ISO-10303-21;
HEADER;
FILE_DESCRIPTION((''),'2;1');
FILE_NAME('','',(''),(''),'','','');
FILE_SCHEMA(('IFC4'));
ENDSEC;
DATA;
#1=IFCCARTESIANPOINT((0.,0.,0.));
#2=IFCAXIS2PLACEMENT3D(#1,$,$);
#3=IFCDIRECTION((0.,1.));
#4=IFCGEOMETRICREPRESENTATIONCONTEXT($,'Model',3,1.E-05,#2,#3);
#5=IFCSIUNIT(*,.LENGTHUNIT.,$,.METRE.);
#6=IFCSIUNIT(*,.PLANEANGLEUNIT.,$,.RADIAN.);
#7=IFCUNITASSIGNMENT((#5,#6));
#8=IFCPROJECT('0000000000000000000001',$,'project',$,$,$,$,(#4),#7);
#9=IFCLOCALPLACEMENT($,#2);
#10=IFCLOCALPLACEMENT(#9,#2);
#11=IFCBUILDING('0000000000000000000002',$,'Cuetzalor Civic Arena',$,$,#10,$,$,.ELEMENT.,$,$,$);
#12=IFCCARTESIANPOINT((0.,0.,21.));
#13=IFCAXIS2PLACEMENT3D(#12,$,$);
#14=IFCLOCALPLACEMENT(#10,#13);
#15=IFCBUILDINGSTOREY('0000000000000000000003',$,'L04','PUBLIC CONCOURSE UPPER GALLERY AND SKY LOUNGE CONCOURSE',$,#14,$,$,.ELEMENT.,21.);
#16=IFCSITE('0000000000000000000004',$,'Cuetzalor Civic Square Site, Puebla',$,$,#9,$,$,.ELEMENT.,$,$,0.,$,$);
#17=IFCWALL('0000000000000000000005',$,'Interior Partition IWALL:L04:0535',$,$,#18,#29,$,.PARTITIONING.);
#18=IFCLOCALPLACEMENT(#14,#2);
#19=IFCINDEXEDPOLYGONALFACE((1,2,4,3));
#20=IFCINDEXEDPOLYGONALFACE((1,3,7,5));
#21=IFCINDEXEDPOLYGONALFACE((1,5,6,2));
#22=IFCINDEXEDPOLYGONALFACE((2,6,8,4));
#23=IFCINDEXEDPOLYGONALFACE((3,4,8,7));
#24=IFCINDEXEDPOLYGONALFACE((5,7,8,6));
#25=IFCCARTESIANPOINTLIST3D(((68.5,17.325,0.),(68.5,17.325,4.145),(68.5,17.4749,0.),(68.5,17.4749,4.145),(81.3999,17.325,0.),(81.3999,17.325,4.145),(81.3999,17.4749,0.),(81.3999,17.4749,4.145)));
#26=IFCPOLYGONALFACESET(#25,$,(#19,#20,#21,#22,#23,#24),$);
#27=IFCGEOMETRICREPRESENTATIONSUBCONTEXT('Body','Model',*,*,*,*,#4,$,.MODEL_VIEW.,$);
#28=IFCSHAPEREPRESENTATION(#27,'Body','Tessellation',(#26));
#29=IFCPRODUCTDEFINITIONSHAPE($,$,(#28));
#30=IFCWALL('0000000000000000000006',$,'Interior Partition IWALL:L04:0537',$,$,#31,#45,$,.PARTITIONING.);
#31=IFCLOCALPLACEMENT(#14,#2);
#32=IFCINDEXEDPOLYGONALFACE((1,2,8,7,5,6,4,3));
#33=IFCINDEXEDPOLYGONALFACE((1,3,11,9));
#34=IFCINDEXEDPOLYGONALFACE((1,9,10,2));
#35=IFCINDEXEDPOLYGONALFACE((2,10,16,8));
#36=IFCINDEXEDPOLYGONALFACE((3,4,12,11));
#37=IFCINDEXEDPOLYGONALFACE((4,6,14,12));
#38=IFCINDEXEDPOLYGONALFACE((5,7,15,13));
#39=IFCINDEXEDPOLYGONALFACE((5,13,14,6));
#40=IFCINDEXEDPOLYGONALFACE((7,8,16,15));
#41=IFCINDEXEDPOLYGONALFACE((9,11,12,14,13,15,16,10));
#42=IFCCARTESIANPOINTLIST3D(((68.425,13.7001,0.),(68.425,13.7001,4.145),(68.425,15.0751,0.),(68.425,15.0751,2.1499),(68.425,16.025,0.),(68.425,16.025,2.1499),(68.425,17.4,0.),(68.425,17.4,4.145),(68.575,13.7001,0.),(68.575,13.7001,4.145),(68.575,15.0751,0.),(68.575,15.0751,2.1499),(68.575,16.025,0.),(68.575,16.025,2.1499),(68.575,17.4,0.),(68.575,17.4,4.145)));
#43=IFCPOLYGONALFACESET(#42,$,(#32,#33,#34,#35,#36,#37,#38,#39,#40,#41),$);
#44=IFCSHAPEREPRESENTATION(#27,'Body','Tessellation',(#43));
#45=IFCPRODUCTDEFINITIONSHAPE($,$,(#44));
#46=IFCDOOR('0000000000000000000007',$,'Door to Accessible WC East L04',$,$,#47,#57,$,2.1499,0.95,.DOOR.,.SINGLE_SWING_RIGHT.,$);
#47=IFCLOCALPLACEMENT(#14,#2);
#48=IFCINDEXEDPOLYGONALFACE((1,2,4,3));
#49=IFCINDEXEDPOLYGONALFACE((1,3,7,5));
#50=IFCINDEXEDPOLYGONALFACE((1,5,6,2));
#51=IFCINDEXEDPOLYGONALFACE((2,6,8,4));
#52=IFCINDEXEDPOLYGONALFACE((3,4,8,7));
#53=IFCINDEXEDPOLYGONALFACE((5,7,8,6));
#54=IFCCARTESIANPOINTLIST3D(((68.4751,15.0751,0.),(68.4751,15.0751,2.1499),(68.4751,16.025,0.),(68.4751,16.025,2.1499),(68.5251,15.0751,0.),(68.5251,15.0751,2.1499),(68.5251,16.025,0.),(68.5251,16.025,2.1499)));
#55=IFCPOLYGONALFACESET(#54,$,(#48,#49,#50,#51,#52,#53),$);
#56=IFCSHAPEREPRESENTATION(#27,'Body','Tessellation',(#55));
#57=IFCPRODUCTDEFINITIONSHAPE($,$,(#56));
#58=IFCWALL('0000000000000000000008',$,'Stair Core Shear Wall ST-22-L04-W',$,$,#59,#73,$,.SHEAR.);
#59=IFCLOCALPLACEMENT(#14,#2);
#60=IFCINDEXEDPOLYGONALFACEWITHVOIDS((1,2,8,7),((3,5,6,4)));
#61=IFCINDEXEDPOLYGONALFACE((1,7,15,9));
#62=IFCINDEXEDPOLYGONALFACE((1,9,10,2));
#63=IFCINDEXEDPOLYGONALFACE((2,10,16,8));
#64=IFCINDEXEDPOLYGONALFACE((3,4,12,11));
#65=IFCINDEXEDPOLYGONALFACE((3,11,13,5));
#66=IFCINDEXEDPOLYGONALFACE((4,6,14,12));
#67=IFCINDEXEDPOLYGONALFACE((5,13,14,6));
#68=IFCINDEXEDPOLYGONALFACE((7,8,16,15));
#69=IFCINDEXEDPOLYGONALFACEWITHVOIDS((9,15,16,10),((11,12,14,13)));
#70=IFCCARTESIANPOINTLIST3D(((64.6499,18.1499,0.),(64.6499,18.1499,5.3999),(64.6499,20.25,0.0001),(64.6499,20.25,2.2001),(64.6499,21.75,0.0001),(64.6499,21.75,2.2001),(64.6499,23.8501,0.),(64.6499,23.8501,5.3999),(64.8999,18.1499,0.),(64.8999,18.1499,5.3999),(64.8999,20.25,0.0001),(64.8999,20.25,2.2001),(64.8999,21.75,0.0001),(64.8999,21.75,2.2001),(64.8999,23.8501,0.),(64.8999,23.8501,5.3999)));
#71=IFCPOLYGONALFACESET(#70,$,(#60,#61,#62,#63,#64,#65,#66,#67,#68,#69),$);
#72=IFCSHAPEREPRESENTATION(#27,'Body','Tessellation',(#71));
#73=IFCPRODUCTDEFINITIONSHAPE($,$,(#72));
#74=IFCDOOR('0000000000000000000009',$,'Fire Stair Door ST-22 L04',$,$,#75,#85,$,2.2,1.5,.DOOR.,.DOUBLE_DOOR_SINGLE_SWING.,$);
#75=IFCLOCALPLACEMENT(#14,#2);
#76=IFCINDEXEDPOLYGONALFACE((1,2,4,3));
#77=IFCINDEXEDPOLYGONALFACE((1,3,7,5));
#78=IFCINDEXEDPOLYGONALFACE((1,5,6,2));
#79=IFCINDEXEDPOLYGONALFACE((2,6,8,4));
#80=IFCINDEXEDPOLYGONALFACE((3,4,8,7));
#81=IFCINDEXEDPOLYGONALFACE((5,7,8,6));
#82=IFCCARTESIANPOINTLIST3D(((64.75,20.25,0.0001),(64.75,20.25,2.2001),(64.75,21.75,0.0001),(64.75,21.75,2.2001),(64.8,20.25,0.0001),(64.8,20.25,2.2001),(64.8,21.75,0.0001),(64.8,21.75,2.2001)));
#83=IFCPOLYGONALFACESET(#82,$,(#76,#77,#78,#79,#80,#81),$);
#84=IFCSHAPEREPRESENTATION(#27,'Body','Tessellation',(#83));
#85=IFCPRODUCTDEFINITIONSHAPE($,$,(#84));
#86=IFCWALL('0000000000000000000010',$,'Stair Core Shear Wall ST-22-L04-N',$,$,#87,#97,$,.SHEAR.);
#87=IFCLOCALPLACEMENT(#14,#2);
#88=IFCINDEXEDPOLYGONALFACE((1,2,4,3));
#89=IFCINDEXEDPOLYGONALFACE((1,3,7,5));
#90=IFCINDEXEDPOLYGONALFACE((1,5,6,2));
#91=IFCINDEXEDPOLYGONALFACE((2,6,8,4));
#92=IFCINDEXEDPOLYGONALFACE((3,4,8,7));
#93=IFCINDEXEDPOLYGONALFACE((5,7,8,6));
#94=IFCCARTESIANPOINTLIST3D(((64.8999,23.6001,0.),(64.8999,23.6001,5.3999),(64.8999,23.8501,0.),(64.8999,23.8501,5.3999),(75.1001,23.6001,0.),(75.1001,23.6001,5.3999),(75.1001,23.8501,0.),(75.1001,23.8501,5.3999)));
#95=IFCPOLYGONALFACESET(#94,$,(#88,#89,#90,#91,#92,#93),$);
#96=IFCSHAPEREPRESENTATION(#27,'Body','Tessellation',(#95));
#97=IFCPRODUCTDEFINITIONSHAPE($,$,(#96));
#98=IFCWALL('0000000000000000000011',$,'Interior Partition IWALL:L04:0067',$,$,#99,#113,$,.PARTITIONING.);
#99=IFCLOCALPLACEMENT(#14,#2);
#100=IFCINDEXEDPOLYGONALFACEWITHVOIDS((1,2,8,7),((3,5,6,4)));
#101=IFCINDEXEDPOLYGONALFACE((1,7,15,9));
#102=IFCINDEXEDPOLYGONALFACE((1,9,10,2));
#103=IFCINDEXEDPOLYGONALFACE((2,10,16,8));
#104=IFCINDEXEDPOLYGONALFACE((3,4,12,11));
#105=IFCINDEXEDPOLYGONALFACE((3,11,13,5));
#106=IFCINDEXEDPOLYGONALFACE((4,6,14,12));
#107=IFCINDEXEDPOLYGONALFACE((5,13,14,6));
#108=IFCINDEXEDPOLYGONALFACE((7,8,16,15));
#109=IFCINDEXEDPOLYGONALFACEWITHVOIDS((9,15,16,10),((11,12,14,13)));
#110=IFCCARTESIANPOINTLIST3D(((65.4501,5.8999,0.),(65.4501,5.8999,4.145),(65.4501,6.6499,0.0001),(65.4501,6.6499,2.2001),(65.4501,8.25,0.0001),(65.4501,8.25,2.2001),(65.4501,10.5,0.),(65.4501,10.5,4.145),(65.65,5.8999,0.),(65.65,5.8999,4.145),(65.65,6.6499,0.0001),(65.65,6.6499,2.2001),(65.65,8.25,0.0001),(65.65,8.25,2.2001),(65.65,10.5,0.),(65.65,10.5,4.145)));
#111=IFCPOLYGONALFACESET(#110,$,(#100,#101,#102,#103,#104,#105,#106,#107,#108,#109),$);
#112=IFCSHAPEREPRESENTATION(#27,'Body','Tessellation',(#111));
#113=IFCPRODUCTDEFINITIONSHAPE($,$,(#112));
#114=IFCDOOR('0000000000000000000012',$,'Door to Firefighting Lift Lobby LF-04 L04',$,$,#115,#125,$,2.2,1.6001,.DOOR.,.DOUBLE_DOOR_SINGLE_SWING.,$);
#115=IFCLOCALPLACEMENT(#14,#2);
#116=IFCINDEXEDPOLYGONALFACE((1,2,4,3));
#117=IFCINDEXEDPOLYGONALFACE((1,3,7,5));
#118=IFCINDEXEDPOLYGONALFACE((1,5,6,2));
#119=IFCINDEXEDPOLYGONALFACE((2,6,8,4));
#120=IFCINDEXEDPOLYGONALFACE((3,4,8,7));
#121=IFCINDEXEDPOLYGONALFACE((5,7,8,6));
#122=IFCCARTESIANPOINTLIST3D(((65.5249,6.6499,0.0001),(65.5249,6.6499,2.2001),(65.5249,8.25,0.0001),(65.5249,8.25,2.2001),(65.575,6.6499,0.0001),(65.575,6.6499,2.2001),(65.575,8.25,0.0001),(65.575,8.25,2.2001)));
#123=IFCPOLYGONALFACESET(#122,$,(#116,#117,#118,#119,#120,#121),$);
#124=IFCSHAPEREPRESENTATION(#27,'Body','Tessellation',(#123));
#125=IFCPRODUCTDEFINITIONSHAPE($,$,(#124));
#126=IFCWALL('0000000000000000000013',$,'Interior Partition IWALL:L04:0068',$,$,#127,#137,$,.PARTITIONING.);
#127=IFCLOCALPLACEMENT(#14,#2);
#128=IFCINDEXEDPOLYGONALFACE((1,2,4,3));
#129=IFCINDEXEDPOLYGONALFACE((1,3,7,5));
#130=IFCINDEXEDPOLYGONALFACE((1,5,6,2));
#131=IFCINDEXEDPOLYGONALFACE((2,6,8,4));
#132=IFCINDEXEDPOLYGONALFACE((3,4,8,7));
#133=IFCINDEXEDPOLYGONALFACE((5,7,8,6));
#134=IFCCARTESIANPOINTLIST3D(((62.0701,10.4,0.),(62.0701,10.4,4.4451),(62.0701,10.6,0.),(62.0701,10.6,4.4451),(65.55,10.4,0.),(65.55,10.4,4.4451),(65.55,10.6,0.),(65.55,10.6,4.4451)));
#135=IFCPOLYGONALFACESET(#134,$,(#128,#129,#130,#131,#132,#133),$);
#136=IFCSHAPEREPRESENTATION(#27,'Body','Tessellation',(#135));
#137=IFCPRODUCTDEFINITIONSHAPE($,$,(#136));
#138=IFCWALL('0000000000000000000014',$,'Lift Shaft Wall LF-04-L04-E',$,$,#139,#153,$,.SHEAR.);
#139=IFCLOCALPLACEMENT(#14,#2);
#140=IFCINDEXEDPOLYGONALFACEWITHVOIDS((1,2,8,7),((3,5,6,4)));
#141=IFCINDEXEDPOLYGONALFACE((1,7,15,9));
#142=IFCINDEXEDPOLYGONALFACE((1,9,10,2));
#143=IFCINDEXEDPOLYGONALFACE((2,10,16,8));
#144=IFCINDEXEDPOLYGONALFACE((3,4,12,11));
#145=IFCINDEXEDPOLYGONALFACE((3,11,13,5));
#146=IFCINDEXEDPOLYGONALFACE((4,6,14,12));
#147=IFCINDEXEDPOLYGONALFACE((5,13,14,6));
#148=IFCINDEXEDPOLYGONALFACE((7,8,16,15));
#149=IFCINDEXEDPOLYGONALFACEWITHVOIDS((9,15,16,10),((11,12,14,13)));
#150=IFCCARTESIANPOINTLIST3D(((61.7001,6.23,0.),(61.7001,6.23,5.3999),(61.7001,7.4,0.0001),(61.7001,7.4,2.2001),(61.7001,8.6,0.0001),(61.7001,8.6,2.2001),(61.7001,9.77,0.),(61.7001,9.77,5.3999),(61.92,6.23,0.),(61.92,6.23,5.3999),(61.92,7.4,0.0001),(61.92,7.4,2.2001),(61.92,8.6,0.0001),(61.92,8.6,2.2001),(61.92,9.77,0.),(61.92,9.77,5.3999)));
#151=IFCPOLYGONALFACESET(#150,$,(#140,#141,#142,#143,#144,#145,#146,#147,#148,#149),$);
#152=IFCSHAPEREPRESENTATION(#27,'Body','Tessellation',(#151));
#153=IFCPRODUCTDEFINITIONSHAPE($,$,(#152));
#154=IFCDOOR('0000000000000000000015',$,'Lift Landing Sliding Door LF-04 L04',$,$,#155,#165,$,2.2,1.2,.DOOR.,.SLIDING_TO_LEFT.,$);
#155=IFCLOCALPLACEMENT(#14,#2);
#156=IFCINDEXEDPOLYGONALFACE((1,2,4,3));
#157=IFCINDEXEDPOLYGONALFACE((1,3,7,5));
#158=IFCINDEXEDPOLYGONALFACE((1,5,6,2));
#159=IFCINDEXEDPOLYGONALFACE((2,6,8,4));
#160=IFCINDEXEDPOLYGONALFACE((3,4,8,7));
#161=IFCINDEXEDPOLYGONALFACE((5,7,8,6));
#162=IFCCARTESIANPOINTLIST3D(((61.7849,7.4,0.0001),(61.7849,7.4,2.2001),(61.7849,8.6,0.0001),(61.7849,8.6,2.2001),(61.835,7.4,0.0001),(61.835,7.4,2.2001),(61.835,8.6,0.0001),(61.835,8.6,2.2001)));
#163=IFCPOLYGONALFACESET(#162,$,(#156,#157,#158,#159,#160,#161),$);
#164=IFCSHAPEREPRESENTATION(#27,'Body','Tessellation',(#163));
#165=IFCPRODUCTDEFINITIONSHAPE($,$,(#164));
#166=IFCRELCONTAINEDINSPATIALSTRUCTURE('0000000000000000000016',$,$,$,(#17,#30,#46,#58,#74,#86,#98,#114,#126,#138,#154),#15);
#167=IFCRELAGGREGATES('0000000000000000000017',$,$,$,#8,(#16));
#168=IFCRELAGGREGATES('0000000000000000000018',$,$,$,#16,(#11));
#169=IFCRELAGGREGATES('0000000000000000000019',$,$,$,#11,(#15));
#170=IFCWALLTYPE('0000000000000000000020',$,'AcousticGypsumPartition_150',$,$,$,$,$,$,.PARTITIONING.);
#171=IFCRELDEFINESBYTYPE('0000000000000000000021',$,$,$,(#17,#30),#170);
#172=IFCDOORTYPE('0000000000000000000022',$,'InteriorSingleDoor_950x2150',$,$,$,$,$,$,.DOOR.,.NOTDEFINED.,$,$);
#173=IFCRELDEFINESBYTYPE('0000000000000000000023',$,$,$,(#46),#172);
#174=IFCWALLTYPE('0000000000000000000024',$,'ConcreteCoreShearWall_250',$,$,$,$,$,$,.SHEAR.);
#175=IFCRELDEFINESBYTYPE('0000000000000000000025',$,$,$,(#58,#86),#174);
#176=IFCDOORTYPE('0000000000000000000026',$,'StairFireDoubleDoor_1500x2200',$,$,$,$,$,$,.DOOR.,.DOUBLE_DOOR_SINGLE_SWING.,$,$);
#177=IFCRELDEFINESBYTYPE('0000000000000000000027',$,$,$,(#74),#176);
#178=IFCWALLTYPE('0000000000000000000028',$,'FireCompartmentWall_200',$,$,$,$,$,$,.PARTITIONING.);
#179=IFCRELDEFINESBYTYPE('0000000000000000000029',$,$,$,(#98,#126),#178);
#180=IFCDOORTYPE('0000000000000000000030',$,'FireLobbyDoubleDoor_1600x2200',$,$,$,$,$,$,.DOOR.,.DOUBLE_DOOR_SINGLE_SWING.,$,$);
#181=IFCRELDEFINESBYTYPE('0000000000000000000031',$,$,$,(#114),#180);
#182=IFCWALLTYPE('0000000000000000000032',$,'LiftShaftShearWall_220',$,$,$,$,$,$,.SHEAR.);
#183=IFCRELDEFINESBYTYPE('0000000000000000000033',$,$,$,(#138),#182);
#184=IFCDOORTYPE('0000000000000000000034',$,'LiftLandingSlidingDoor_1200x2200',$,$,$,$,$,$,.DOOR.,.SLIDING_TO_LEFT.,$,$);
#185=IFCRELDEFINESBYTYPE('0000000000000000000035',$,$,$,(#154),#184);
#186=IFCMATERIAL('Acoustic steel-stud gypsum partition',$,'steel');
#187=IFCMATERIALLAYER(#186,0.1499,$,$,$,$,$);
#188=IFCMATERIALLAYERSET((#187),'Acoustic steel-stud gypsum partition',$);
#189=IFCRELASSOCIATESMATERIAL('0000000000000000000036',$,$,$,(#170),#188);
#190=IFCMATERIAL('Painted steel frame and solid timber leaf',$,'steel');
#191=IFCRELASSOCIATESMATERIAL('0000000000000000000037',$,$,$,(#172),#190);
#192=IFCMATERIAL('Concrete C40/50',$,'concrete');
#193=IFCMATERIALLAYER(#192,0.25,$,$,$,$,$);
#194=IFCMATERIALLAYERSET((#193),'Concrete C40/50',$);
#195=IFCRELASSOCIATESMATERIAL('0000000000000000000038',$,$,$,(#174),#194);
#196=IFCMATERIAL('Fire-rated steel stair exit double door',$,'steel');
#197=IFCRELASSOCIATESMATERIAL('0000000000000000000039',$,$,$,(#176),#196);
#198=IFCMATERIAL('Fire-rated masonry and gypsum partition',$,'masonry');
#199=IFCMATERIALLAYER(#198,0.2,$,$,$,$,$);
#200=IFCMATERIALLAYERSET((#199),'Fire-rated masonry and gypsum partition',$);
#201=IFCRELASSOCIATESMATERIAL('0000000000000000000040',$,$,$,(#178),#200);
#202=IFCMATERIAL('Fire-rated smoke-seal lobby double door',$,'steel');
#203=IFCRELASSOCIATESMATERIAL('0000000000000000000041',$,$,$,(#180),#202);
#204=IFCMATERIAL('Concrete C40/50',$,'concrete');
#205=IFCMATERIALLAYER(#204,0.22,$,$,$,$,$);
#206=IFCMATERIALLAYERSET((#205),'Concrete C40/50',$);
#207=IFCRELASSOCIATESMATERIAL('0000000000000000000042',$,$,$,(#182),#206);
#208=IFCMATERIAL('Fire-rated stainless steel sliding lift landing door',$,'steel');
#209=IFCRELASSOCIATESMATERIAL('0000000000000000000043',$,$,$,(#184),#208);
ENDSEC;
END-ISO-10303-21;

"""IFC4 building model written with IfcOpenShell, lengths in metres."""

from ifc_helpers import new_model, si_unit, direction, frame, frame_2d, origin, place, context, subcontext, project, spatial, rectangle, extrude, material, layer, layer_set, type_object, element, fill, save


model = new_model("IFC4")

# Units and contexts
model_context = context("Model", 3, precision=1e-05, world=origin(), true_north=direction((0.0, 1.0)))
body_context = subcontext(model_context, "Body", "Model", "MODEL_VIEW")
ifc_project = project(units=[si_unit("LENGTHUNIT", "METRE"), si_unit("PLANEANGLEUNIT", "RADIAN")], contexts=[model_context])

# Site, building, storey
site_placement = place(None, origin())
site = spatial("IfcSite", under=ifc_project, at=site_placement, Name="Cuetzalor Civic Square Site, Puebla", CompositionType="ELEMENT", RefElevation=0.0)
building_placement = place(site_placement, origin())
building = spatial("IfcBuilding", under=site, at=building_placement, Name="Cuetzalor Civic Arena", CompositionType="ELEMENT")
storey_placement = place(building_placement, frame((0.0, 0.0, 21.0)))
storey = spatial("IfcBuildingStorey", under=building, at=storey_placement, Name="L04", Description="PUBLIC CONCOURSE UPPER GALLERY AND SKY LOUNGE CONCOURSE", CompositionType="ELEMENT", Elevation=21.0)

# Wall
ifc_material_1 = material(Name="Acoustic steel-stud gypsum partition", Category="steel")
ifc_layer_1 = layer(ifc_material_1, 0.1499)
ifc_layer_set_1 = layer_set([ifc_layer_1], Name="Acoustic steel-stud gypsum partition")
wall_type_1 = type_object("IfcWallType", Name="AcousticGypsumPartition_150", PredefinedType="PARTITIONING", material=ifc_layer_set_1)
wall_1_placement = place(storey_placement, frame((68.5, 17.3999, 0.0), z_axis=(0.0, 0.0, 1.0), x_axis=(1.0, 0.0, 0.0)))
element("IfcWall", 1, at=wall_1_placement, inside=storey, type_object=wall_type_1, Name="Interior Partition IWALL:L04:0535", PredefinedType="PARTITIONING", context=body_context, shape_type="SweptSolid", body=[
    extrude(rectangle(XDim=12.8999, YDim=0.1499, at=frame_2d((6.45, 0.0))), origin(), (0.0, 0.0, 1.0), 4.145),
])

# Walls, openings, doors
wall_2_placement = place(storey_placement, frame((68.5, 13.7, 0.0), z_axis=(0.0, 0.0, 1.0), x_axis=(0.0, 1.0, 0.0)))
wall_2 = element("IfcWall", 2, at=wall_2_placement, inside=storey, type_object=wall_type_1, Name="Interior Partition IWALL:L04:0537", PredefinedType="PARTITIONING", context=body_context, shape_type="SweptSolid", body=[
    extrude(rectangle(XDim=3.7, YDim=0.1499, at=frame_2d((1.8501, 0.0))), origin(), (0.0, 0.0, 1.0), 4.145),
])
opening_1_placement = place(wall_2_placement, frame((1.375, 0.0, 0.0)))
opening_1 = element("IfcOpeningElement", 3, at=opening_1_placement, cuts=wall_2, PredefinedType="OPENING", context=body_context, shape_type="SweptSolid", body=[
    extrude(rectangle(XDim=0.95, YDim=2.1499, at=frame_2d((0.4751, 1.075))), frame((0.0, 0.085, 0.0), z_axis=(0.0, -1.0, 0.0), x_axis=(1.0, 0.0, 0.0)), (0.0, 0.0, 1.0), 0.1699),
])
ifc_material_2 = material(Name="Painted steel frame and solid timber leaf", Category="steel")
door_type_1 = type_object("IfcDoorType", Name="InteriorSingleDoor_950x2150", OperationType="NOTDEFINED", PredefinedType="DOOR", material=ifc_material_2)
door_1_placement = place(opening_1_placement, origin())
door_1 = element("IfcDoor", 4, at=door_1_placement, inside=storey, type_object=door_type_1, Name="Door to Accessible WC East L04", OperationType="SINGLE_SWING_RIGHT", OverallHeight=2.1499, OverallWidth=0.95, PredefinedType="DOOR", context=body_context, shape_type="SweptSolid", body=[
    extrude(rectangle(XDim=0.95, YDim=2.1499, at=frame_2d((0.4751, 1.075))), frame((0.0, 0.0249, 0.0), z_axis=(0.0, -1.0, 0.0), x_axis=(1.0, 0.0, 0.0)), (0.0, 0.0, 1.0), 0.05),
])
fill(opening_1, door_1)
ifc_material_3 = material(Name="Concrete C40/50", Category="concrete")
ifc_layer_2 = layer(ifc_material_3, 0.25)
ifc_layer_set_2 = layer_set([ifc_layer_2], Name="Concrete C40/50")
wall_type_2 = type_object("IfcWallType", Name="ConcreteCoreShearWall_250", PredefinedType="SHEAR", material=ifc_layer_set_2)
wall_3_placement = place(storey_placement, frame((64.7749, 18.1499, 0.0), z_axis=(0.0, 0.0, 1.0), x_axis=(0.0, 1.0, 0.0)))
wall_3 = element("IfcWall", 5, at=wall_3_placement, inside=storey, type_object=wall_type_2, Name="Stair Core Shear Wall ST-22-L04-W", PredefinedType="SHEAR", context=body_context, shape_type="SweptSolid", body=[
    extrude(rectangle(XDim=5.7002, YDim=0.25, at=frame_2d((2.8501, 0.0))), origin(), (0.0, 0.0, 1.0), 5.3999),
])
opening_2_placement = place(wall_3_placement, frame((2.1001, 0.0, 0.0)))
opening_2 = element("IfcOpeningElement", 6, at=opening_2_placement, cuts=wall_3, PredefinedType="OPENING", context=body_context, shape_type="SweptSolid", body=[
    extrude(rectangle(XDim=1.5, YDim=2.2, at=frame_2d((0.75, 1.1001))), frame((0.0, 0.135, 0.0), z_axis=(0.0, -1.0, 0.0), x_axis=(1.0, 0.0, 0.0)), (0.0, 0.0, 1.0), 0.27),
])
ifc_material_4 = material(Name="Fire-rated steel stair exit double door", Category="steel")
door_type_2 = type_object("IfcDoorType", Name="StairFireDoubleDoor_1500x2200", OperationType="DOUBLE_DOOR_SINGLE_SWING", PredefinedType="DOOR", material=ifc_material_4)
door_2_placement = place(opening_2_placement, origin())
door_2 = element("IfcDoor", 7, at=door_2_placement, inside=storey, type_object=door_type_2, Name="Fire Stair Door ST-22 L04", OperationType="DOUBLE_DOOR_SINGLE_SWING", OverallHeight=2.2, OverallWidth=1.5, PredefinedType="DOOR", context=body_context, shape_type="SweptSolid", body=[
    extrude(rectangle(XDim=1.5, YDim=2.2, at=frame_2d((0.75, 1.1001))), frame((0.0, 0.0249, 0.0), z_axis=(0.0, -1.0, 0.0), x_axis=(1.0, 0.0, 0.0)), (0.0, 0.0, 1.0), 0.05),
])
fill(opening_2, door_2)

# Wall
wall_4_placement = place(storey_placement, frame((64.8999, 23.7251, 0.0), z_axis=(0.0, 0.0, 1.0), x_axis=(1.0, 0.0, 0.0)))
element("IfcWall", 8, at=wall_4_placement, inside=storey, type_object=wall_type_2, Name="Stair Core Shear Wall ST-22-L04-N", PredefinedType="SHEAR", context=body_context, shape_type="SweptSolid", body=[
    extrude(rectangle(XDim=10.2002, YDim=0.25, at=frame_2d((5.1001, 0.0))), origin(), (0.0, 0.0, 1.0), 5.3999),
])

# Wall, opening, door
ifc_material_5 = material(Name="Fire-rated masonry and gypsum partition", Category="masonry")
ifc_layer_3 = layer(ifc_material_5, 0.2)
ifc_layer_set_3 = layer_set([ifc_layer_3], Name="Fire-rated masonry and gypsum partition")
wall_type_3 = type_object("IfcWallType", Name="FireCompartmentWall_200", PredefinedType="PARTITIONING", material=ifc_layer_set_3)
wall_5_placement = place(storey_placement, frame((65.55, 10.5, 0.0), z_axis=(0.0, 0.0, 1.0), x_axis=(0.0, -1.0, 0.0)))
wall_5 = element("IfcWall", 9, at=wall_5_placement, inside=storey, type_object=wall_type_3, Name="Interior Partition IWALL:L04:0067", PredefinedType="PARTITIONING", context=body_context, shape_type="SweptSolid", body=[
    extrude(rectangle(XDim=4.6001, YDim=0.2, at=frame_2d((2.3, 0.0))), origin(), (0.0, 0.0, 1.0), 4.145),
])
opening_3_placement = place(wall_5_placement, frame((2.25, 0.0, 0.0)))
opening_3 = element("IfcOpeningElement", 10, at=opening_3_placement, cuts=wall_5, PredefinedType="OPENING", context=body_context, shape_type="SweptSolid", body=[
    extrude(rectangle(XDim=1.6001, YDim=2.2, at=frame_2d((0.8, 1.1001))), frame((0.0, 0.1099, 0.0), z_axis=(0.0, -1.0, 0.0), x_axis=(1.0, 0.0, 0.0)), (0.0, 0.0, 1.0), 0.22),
])
ifc_material_6 = material(Name="Fire-rated smoke-seal lobby double door", Category="steel")
door_type_3 = type_object("IfcDoorType", Name="FireLobbyDoubleDoor_1600x2200", OperationType="DOUBLE_DOOR_SINGLE_SWING", PredefinedType="DOOR", material=ifc_material_6)
door_3_placement = place(opening_3_placement, origin())
door_3 = element("IfcDoor", 11, at=door_3_placement, inside=storey, type_object=door_type_3, Name="Door to Firefighting Lift Lobby LF-04 L04", OperationType="DOUBLE_DOOR_SINGLE_SWING", OverallHeight=2.2, OverallWidth=1.6001, PredefinedType="DOOR", context=body_context, shape_type="SweptSolid", body=[
    extrude(rectangle(XDim=1.6001, YDim=2.2, at=frame_2d((0.8, 1.1001))), frame((0.0, 0.0249, 0.0), z_axis=(0.0, -1.0, 0.0), x_axis=(1.0, 0.0, 0.0)), (0.0, 0.0, 1.0), 0.05),
])
fill(opening_3, door_3)

# Wall
wall_6_placement = place(storey_placement, frame((62.0701, 10.5, 0.0), z_axis=(0.0, 0.0, 1.0), x_axis=(1.0, 0.0, 0.0)))
element("IfcWall", 12, at=wall_6_placement, inside=storey, type_object=wall_type_3, Name="Interior Partition IWALL:L04:0068", PredefinedType="PARTITIONING", context=body_context, shape_type="SweptSolid", body=[
    extrude(rectangle(XDim=3.48, YDim=0.2, at=frame_2d((1.74, 0.0))), origin(), (0.0, 0.0, 1.0), 4.4451),
])

# Wall, opening, door
ifc_material_7 = material(Name="Concrete C40/50", Category="concrete")
ifc_layer_4 = layer(ifc_material_7, 0.22)
ifc_layer_set_4 = layer_set([ifc_layer_4], Name="Concrete C40/50")
wall_type_4 = type_object("IfcWallType", Name="LiftShaftShearWall_220", PredefinedType="SHEAR", material=ifc_layer_set_4)
wall_7_placement = place(storey_placement, frame((61.8101, 9.77, 0.0), z_axis=(0.0, 0.0, 1.0), x_axis=(0.0, -1.0, 0.0)))
wall_7 = element("IfcWall", 13, at=wall_7_placement, inside=storey, type_object=wall_type_4, Name="Lift Shaft Wall LF-04-L04-E", PredefinedType="SHEAR", context=body_context, shape_type="SweptSolid", body=[
    extrude(rectangle(XDim=3.54, YDim=0.22, at=frame_2d((1.77, 0.0))), origin(), (0.0, 0.0, 1.0), 5.3999),
])
opening_4_placement = place(wall_7_placement, frame((1.1699, 0.0, 0.0)))
opening_4 = element("IfcOpeningElement", 14, at=opening_4_placement, cuts=wall_7, PredefinedType="OPENING", context=body_context, shape_type="SweptSolid", body=[
    extrude(rectangle(XDim=1.2, YDim=2.2, at=frame_2d((0.6001, 1.1001))), frame((0.0, 0.1201, 0.0), z_axis=(0.0, -1.0, 0.0), x_axis=(1.0, 0.0, 0.0)), (0.0, 0.0, 1.0), 0.24),
])
ifc_material_8 = material(Name="Fire-rated stainless steel sliding lift landing door", Category="steel")
door_type_4 = type_object("IfcDoorType", Name="LiftLandingSlidingDoor_1200x2200", OperationType="SLIDING_TO_LEFT", PredefinedType="DOOR", material=ifc_material_8)
door_4_placement = place(opening_4_placement, origin())
door_4 = element("IfcDoor", 15, at=door_4_placement, inside=storey, type_object=door_type_4, Name="Lift Landing Sliding Door LF-04 L04", OperationType="SLIDING_TO_LEFT", OverallHeight=2.2, OverallWidth=1.2, PredefinedType="DOOR", context=body_context, shape_type="SweptSolid", body=[
    extrude(rectangle(XDim=1.2, YDim=2.2, at=frame_2d((0.6001, 1.1001))), frame((0.0, 0.0249, 0.0), z_axis=(0.0, -1.0, 0.0), x_axis=(1.0, 0.0, 0.0)), (0.0, 0.0, 1.0), 0.05),
])
fill(opening_4, door_4)

save(model, "model.ifc")
